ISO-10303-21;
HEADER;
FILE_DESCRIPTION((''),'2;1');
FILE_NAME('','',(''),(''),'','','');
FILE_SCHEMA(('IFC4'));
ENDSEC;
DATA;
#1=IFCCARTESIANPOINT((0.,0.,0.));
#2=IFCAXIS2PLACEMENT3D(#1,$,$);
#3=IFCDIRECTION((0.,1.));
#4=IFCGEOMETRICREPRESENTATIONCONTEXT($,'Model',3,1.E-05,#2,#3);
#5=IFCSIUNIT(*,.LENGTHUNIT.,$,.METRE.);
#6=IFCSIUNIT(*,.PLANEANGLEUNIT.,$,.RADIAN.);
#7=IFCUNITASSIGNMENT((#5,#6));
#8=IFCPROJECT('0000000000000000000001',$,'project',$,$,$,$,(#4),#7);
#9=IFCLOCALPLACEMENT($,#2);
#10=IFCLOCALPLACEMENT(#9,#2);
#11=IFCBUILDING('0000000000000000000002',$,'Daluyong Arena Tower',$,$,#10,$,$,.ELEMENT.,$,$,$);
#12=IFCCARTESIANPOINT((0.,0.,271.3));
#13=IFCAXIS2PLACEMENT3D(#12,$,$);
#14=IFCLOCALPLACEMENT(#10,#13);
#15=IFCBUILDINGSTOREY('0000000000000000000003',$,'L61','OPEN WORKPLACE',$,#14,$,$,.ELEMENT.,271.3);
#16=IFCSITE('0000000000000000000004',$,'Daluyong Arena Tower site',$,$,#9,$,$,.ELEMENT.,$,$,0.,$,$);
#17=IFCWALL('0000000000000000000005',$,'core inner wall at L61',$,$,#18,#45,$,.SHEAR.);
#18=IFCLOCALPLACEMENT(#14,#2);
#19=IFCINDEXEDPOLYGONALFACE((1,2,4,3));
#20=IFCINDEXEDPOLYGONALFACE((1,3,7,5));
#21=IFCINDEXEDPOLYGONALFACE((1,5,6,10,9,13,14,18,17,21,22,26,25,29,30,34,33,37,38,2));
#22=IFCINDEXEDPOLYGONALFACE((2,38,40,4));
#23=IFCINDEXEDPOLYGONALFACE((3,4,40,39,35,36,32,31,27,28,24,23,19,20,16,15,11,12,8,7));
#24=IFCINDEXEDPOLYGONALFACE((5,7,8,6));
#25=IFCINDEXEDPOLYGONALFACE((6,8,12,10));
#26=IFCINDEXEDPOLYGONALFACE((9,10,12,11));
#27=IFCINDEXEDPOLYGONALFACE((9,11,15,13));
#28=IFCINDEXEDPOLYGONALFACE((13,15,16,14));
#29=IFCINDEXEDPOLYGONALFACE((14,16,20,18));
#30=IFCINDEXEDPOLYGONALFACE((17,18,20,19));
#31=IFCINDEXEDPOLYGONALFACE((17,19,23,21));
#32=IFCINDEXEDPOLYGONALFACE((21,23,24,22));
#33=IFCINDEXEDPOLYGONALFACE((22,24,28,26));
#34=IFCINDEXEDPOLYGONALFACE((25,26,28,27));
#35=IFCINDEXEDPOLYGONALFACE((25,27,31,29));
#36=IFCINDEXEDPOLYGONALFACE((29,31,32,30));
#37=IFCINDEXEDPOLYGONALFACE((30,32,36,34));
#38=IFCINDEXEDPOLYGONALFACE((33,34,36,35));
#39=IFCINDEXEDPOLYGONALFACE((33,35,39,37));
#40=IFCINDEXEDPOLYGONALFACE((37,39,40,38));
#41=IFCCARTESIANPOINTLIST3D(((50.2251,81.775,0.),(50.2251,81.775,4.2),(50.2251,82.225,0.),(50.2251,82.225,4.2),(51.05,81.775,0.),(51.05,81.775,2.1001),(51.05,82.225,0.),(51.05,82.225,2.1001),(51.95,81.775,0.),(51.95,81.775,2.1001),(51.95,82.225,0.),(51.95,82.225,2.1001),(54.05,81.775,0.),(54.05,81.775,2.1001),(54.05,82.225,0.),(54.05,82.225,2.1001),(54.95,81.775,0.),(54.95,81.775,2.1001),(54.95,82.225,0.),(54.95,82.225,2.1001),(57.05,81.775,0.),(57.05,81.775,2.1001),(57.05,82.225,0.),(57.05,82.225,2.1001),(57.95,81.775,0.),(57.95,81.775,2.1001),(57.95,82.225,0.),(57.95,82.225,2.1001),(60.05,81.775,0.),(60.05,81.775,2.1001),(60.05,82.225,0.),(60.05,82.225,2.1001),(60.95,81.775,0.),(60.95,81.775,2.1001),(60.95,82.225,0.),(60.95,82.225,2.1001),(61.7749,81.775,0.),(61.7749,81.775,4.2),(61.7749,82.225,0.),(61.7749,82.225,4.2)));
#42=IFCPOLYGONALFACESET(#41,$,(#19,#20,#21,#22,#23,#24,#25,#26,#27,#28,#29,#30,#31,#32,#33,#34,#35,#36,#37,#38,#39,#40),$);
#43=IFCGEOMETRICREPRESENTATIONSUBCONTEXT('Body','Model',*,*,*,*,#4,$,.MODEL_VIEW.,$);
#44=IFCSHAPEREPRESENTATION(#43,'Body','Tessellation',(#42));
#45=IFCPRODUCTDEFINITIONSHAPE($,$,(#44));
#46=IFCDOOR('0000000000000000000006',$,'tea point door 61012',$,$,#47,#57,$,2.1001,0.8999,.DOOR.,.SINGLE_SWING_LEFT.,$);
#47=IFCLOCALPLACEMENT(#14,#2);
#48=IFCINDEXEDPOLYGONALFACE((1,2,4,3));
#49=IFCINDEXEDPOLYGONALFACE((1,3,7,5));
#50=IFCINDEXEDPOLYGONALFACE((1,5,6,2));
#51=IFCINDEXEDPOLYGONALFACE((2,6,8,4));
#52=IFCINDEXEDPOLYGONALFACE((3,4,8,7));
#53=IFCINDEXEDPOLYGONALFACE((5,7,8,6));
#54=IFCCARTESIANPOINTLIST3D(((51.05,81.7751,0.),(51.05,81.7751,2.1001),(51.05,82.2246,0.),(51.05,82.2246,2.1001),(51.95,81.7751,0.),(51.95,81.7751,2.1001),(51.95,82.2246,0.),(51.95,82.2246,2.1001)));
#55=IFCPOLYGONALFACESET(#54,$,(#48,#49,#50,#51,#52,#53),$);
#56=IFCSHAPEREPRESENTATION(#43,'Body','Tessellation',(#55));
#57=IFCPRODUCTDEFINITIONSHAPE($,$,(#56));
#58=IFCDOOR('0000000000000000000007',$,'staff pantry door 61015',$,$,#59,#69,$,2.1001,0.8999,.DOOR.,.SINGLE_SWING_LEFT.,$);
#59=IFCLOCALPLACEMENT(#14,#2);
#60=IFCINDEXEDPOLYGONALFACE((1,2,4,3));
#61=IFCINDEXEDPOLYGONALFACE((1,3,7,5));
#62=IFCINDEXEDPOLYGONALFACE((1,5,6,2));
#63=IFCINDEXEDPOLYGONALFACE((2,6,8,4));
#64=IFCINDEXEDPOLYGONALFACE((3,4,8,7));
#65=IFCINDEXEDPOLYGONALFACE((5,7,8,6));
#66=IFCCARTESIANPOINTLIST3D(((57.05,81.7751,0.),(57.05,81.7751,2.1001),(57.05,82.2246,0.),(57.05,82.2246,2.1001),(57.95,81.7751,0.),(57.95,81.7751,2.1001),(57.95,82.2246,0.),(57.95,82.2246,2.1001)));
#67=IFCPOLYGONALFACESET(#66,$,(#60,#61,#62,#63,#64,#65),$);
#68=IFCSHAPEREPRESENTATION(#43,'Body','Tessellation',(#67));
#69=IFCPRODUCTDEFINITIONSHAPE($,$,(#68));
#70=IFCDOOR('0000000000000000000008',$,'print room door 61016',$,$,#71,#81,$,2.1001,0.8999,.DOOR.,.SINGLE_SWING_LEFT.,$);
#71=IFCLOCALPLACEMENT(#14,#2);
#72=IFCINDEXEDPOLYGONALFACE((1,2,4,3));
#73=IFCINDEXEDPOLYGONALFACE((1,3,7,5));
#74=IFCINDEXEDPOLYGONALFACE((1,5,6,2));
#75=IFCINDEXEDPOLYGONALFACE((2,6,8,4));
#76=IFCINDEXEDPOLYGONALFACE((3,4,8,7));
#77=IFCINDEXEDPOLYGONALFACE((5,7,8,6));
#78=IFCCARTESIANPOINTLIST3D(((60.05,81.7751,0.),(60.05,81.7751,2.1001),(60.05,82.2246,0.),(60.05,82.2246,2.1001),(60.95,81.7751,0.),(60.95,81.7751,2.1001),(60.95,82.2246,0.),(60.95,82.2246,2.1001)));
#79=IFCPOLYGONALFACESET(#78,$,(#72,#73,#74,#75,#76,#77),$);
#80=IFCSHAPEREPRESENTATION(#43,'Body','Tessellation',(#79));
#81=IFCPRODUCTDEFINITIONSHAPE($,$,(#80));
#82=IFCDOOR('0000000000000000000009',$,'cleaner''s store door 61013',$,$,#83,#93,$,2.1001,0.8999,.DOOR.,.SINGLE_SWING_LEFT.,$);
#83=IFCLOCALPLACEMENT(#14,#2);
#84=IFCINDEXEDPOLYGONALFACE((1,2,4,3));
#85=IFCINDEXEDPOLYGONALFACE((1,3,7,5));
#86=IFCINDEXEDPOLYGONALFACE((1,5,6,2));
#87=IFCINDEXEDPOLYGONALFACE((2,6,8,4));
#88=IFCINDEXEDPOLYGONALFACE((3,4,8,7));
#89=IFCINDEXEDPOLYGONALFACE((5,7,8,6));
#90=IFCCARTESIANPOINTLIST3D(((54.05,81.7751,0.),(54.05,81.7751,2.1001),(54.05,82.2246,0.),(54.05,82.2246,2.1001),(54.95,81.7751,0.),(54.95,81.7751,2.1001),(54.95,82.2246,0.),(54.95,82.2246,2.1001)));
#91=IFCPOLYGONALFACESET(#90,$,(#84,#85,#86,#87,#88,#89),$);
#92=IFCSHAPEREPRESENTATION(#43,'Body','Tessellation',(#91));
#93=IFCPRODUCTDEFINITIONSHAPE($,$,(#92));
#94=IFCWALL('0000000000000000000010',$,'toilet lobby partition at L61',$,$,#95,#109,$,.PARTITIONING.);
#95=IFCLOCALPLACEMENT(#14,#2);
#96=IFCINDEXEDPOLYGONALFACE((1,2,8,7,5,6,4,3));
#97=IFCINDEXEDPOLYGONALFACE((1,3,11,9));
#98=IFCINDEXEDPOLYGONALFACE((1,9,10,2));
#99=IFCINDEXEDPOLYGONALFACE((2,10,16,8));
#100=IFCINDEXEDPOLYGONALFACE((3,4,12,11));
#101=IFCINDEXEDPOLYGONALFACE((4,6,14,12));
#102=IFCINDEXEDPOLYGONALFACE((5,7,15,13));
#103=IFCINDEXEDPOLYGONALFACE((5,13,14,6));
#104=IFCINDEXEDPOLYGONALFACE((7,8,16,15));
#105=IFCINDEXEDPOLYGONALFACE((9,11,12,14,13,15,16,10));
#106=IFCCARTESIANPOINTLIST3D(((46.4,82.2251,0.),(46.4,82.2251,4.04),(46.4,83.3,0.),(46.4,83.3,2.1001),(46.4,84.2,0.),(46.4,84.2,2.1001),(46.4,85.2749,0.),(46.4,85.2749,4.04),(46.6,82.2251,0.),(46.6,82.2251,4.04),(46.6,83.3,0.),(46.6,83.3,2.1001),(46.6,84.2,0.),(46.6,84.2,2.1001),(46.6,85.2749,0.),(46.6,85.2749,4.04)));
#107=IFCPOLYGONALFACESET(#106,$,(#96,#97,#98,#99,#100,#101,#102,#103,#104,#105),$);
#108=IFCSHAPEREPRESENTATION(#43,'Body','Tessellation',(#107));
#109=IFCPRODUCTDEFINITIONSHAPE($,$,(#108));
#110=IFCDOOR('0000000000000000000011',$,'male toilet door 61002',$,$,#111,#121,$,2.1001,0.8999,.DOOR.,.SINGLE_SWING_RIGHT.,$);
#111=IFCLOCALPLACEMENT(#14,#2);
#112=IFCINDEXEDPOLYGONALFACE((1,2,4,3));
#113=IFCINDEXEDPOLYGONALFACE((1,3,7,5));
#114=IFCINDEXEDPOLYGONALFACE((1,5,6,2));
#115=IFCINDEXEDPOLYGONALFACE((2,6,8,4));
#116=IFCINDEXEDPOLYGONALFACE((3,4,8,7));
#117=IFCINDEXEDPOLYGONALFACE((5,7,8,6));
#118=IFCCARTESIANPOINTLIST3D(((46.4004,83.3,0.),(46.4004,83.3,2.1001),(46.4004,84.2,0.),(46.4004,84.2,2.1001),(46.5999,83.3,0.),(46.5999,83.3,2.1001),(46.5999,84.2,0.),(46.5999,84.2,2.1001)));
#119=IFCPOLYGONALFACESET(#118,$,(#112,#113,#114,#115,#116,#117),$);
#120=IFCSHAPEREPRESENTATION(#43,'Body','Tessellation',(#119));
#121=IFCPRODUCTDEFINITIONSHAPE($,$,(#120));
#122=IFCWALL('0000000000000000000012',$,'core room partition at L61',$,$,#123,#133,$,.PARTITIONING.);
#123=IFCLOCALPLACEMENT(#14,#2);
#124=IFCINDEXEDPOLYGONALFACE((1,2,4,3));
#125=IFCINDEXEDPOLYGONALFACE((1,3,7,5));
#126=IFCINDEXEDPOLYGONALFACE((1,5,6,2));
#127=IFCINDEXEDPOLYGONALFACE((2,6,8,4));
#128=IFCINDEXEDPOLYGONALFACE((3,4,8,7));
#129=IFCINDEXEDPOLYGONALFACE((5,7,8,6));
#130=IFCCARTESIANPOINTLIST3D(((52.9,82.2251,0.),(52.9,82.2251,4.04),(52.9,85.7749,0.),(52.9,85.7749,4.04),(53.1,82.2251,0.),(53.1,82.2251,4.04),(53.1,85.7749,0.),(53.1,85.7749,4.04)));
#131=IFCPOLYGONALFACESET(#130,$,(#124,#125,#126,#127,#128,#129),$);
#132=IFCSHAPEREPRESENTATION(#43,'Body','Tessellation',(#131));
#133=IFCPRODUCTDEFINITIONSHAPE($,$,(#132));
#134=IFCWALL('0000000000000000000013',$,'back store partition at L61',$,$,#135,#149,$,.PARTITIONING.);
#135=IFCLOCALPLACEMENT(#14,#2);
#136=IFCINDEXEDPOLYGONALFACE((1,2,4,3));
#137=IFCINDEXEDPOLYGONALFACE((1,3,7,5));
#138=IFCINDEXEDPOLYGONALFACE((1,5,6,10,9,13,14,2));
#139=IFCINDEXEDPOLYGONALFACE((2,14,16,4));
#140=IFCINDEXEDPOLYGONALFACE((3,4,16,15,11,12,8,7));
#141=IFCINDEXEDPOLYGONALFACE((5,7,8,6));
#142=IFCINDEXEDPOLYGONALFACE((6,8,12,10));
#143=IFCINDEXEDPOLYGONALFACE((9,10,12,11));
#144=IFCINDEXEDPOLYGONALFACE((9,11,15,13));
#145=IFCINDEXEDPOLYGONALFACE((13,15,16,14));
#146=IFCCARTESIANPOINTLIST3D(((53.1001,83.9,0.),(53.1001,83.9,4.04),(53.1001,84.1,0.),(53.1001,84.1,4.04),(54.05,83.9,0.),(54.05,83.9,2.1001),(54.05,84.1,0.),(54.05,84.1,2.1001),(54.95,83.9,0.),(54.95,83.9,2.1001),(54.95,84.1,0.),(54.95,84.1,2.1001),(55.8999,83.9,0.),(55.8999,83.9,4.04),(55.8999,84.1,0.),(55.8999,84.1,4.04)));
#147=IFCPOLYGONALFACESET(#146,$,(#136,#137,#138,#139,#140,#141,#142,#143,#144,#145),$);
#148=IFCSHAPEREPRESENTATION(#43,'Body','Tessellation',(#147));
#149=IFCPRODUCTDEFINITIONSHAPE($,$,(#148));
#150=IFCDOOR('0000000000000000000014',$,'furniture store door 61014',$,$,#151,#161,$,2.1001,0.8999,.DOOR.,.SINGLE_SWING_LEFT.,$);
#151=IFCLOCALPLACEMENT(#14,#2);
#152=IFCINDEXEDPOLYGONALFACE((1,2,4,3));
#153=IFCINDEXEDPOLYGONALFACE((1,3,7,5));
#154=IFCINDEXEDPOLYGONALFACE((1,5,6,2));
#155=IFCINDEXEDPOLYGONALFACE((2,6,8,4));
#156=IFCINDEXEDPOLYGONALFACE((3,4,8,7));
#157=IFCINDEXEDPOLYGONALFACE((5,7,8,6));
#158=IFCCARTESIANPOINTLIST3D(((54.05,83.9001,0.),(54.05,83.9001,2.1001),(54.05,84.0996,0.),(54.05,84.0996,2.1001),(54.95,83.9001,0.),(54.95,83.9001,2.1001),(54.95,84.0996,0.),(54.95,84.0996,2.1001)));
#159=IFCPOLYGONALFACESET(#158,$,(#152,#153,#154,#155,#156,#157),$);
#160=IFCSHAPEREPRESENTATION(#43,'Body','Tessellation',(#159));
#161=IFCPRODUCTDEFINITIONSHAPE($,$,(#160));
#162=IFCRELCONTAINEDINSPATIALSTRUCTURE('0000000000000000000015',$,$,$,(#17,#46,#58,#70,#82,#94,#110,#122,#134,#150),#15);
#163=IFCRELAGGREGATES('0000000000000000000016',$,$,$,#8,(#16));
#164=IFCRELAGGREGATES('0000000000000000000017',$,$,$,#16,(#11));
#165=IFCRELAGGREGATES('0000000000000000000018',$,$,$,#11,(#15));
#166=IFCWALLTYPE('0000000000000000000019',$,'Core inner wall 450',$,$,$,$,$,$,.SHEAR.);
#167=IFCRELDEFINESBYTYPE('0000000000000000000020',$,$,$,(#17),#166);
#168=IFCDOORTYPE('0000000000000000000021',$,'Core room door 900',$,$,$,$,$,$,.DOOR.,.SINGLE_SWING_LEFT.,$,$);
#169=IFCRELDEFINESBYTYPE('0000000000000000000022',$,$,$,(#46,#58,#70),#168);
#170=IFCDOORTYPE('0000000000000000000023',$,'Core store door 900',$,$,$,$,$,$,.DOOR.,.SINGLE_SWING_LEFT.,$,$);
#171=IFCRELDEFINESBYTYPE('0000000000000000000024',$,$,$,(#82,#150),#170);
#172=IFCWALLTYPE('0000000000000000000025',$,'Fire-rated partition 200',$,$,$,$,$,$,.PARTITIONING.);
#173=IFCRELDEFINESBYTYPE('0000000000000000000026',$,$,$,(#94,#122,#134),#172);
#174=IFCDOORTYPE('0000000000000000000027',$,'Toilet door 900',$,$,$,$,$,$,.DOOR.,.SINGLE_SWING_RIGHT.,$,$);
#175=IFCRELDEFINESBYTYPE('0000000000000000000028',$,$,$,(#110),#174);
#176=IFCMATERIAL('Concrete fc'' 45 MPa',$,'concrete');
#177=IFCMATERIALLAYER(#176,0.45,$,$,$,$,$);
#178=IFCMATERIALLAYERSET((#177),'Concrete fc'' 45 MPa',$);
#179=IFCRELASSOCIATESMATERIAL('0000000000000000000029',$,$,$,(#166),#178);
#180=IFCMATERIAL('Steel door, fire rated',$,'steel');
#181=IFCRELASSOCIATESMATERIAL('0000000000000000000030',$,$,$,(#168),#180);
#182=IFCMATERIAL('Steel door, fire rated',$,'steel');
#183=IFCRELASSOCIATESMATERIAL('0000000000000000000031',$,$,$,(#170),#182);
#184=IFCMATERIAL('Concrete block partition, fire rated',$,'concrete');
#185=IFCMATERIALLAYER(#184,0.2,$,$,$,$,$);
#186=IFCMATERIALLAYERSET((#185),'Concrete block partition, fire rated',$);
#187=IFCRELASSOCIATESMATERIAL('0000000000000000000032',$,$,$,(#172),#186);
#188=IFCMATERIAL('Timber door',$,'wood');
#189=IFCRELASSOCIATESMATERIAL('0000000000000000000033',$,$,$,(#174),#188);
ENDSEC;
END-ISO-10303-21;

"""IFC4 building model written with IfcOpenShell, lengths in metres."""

from ifc_helpers import new_model, si_unit, direction, frame, frame_2d, origin, place, context, subcontext, project, spatial, rectangle, extrude, material, layer, layer_set, type_object, element, fill, save


model = new_model("IFC4")

# Units and contexts
model_context = context("Model", 3, precision=1e-05, world=origin(), true_north=direction((0.0, 1.0)))
body_context = subcontext(model_context, "Body", "Model", "MODEL_VIEW")
ifc_project = project(units=[si_unit("LENGTHUNIT", "METRE"), si_unit("PLANEANGLEUNIT", "RADIAN")], contexts=[model_context])

# Site, building, storey
site_placement = place(None, origin())
site = spatial("IfcSite", under=ifc_project, at=site_placement, Name="Daluyong Arena Tower site", CompositionType="ELEMENT", RefElevation=0.0)
building_placement = place(site_placement, origin())
building = spatial("IfcBuilding", under=site, at=building_placement, Name="Daluyong Arena Tower", CompositionType="ELEMENT")
storey_placement = place(building_placement, frame((0.0, 0.0, 271.3)))
storey = spatial("IfcBuildingStorey", under=building, at=storey_placement, Name="L61", Description="OPEN WORKPLACE", CompositionType="ELEMENT", Elevation=271.3)

# Wall, openings, doors
ifc_material_1 = material(Name="Concrete fc' 45 MPa", Category="concrete")
ifc_layer_1 = layer(ifc_material_1, 0.45)
ifc_layer_set_1 = layer_set([ifc_layer_1], Name="Concrete fc' 45 MPa")
wall_type_1 = type_object("IfcWallType", Name="Core inner wall 450", PredefinedType="SHEAR", material=ifc_layer_set_1)
ifc_material_2 = material(Name="Steel door, fire rated", Category="steel")
door_type_1 = type_object("IfcDoorType", Name="Core room door 900", OperationType="SINGLE_SWING_LEFT", PredefinedType="DOOR", material=ifc_material_2)
ifc_material_3 = material(Name="Steel door, fire rated", Category="steel")
door_type_2 = type_object("IfcDoorType", Name="Core store door 900", OperationType="SINGLE_SWING_LEFT", PredefinedType="DOOR", material=ifc_material_3)
wall_1_placement = place(storey_placement, frame((50.2251, 82.0, 0.0), z_axis=(0.0, 0.0, 1.0), x_axis=(1.0, 0.0, 0.0)))
wall_1 = element("IfcWall", 1, at=wall_1_placement, inside=storey, type_object=wall_type_1, Name="core inner wall at L61", PredefinedType="SHEAR", context=body_context, shape_type="SweptSolid", body=[
    extrude(rectangle(XDim=11.5498, YDim=0.45, at=frame_2d((5.7749, 0.0))), origin(), (0.0, 0.0, 1.0), 4.2),
])
opening_1_placement = place(wall_1_placement, frame((0.825, 0.0, 0.0)))
opening_1 = element("IfcOpeningElement", 2, at=opening_1_placement, cuts=wall_1, PredefinedType="OPENING", context=body_context, shape_type="SweptSolid", body=[
    extrude(rectangle(XDim=0.8999, YDim=2.1001, at=frame_2d((0.45, 1.05))), frame((0.0, 0.2349, 0.0), z_axis=(0.0, -1.0, 0.0), x_axis=(1.0, 0.0, 0.0)), (0.0, 0.0, 1.0), 0.47),
])
opening_2_placement = place(wall_1_placement, frame((3.825, 0.0, 0.0)))
opening_2 = element("IfcOpeningElement", 3, at=opening_2_placement, cuts=wall_1, PredefinedType="OPENING", context=body_context, shape_type="SweptSolid", body=[
    extrude(rectangle(XDim=0.8999, YDim=2.1001, at=frame_2d((0.45, 1.05))), frame((0.0, 0.2349, 0.0), z_axis=(0.0, -1.0, 0.0), x_axis=(1.0, 0.0, 0.0)), (0.0, 0.0, 1.0), 0.47),
])
opening_3_placement = place(wall_1_placement, frame((6.825, 0.0, 0.0)))
opening_3 = element("IfcOpeningElement", 4, at=opening_3_placement, cuts=wall_1, PredefinedType="OPENING", context=body_context, shape_type="SweptSolid", body=[
    extrude(rectangle(XDim=0.8999, YDim=2.1001, at=frame_2d((0.45, 1.05))), frame((0.0, 0.2349, 0.0), z_axis=(0.0, -1.0, 0.0), x_axis=(1.0, 0.0, 0.0)), (0.0, 0.0, 1.0), 0.47),
])
opening_4_placement = place(wall_1_placement, frame((9.825, 0.0, 0.0)))
opening_4 = element("IfcOpeningElement", 5, at=opening_4_placement, cuts=wall_1, PredefinedType="OPENING", context=body_context, shape_type="SweptSolid", body=[
    extrude(rectangle(XDim=0.8999, YDim=2.1001, at=frame_2d((0.45, 1.05))), frame((0.0, 0.2349, 0.0), z_axis=(0.0, -1.0, 0.0), x_axis=(1.0, 0.0, 0.0)), (0.0, 0.0, 1.0), 0.47),
])
door_1_placement = place(opening_1_placement, origin())
door_1 = element("IfcDoor", 6, at=door_1_placement, inside=storey, type_object=door_type_1, Name="tea point door 61012", OperationType="SINGLE_SWING_LEFT", OverallHeight=2.1001, OverallWidth=0.8999, PredefinedType="DOOR", context=body_context, shape_type="SweptSolid", body=[
    extrude(rectangle(XDim=0.8999, YDim=2.1001, at=frame_2d((0.45, 1.05))), frame((0.0, 0.2246, 0.0), z_axis=(0.0, -1.0, 0.0), x_axis=(1.0, 0.0, 0.0)), (0.0, 0.0, 1.0), 0.4495),
])
fill(opening_1, door_1)
door_2_placement = place(opening_3_placement, origin())
door_2 = element("IfcDoor", 7, at=door_2_placement, inside=storey, type_object=door_type_1, Name="staff pantry door 61015", OperationType="SINGLE_SWING_LEFT", OverallHeight=2.1001, OverallWidth=0.8999, PredefinedType="DOOR", context=body_context, shape_type="SweptSolid", body=[
    extrude(rectangle(XDim=0.8999, YDim=2.1001, at=frame_2d((0.45, 1.05))), frame((0.0, 0.2246, 0.0), z_axis=(0.0, -1.0, 0.0), x_axis=(1.0, 0.0, 0.0)), (0.0, 0.0, 1.0), 0.4495),
])
fill(opening_3, door_2)
door_3_placement = place(opening_4_placement, origin())
door_3 = element("IfcDoor", 8, at=door_3_placement, inside=storey, type_object=door_type_1, Name="print room door 61016", OperationType="SINGLE_SWING_LEFT", OverallHeight=2.1001, OverallWidth=0.8999, PredefinedType="DOOR", context=body_context, shape_type="SweptSolid", body=[
    extrude(rectangle(XDim=0.8999, YDim=2.1001, at=frame_2d((0.45, 1.05))), frame((0.0, 0.2246, 0.0), z_axis=(0.0, -1.0, 0.0), x_axis=(1.0, 0.0, 0.0)), (0.0, 0.0, 1.0), 0.4495),
])
fill(opening_4, door_3)
door_4_placement = place(opening_2_placement, origin())
door_4 = element("IfcDoor", 9, at=door_4_placement, inside=storey, type_object=door_type_2, Name="cleaner's store door 61013", OperationType="SINGLE_SWING_LEFT", OverallHeight=2.1001, OverallWidth=0.8999, PredefinedType="DOOR", context=body_context, shape_type="SweptSolid", body=[
    extrude(rectangle(XDim=0.8999, YDim=2.1001, at=frame_2d((0.45, 1.05))), frame((0.0, 0.2246, 0.0), z_axis=(0.0, -1.0, 0.0), x_axis=(1.0, 0.0, 0.0)), (0.0, 0.0, 1.0), 0.4495),
])
fill(opening_2, door_4)

# Wall, opening, door
ifc_material_4 = material(Name="Concrete block partition, fire rated", Category="concrete")
ifc_layer_2 = layer(ifc_material_4, 0.2)
ifc_layer_set_2 = layer_set([ifc_layer_2], Name="Concrete block partition, fire rated")
wall_type_2 = type_object("IfcWallType", Name="Fire-rated partition 200", PredefinedType="PARTITIONING", material=ifc_layer_set_2)
wall_2_placement = place(storey_placement, frame((46.5, 82.2251, 0.0), z_axis=(0.0, 0.0, 1.0), x_axis=(0.0, 1.0, 0.0)))
wall_2 = element("IfcWall", 10, at=wall_2_placement, inside=storey, type_object=wall_type_2, Name="toilet lobby partition at L61", PredefinedType="PARTITIONING", context=body_context, shape_type="SweptSolid", body=[
    extrude(rectangle(XDim=3.0498, YDim=0.2, at=frame_2d((1.5249, 0.0))), origin(), (0.0, 0.0, 1.0), 4.04),
])
opening_5_placement = place(wall_2_placement, frame((1.075, 0.0, 0.0)))
opening_5 = element("IfcOpeningElement", 11, at=opening_5_placement, cuts=wall_2, PredefinedType="OPENING", context=body_context, shape_type="SweptSolid", body=[
    extrude(rectangle(XDim=0.8999, YDim=2.1001, at=frame_2d((0.45, 1.05))), frame((0.0, 0.1099, 0.0), z_axis=(0.0, -1.0, 0.0), x_axis=(1.0, 0.0, 0.0)), (0.0, 0.0, 1.0), 0.22),
])
ifc_material_5 = material(Name="Timber door", Category="wood")
door_type_3 = type_object("IfcDoorType", Name="Toilet door 900", OperationType="SINGLE_SWING_RIGHT", PredefinedType="DOOR", material=ifc_material_5)
door_5_placement = place(opening_5_placement, origin())
door_5 = element("IfcDoor", 12, at=door_5_placement, inside=storey, type_object=door_type_3, Name="male toilet door 61002", OperationType="SINGLE_SWING_RIGHT", OverallHeight=2.1001, OverallWidth=0.8999, PredefinedType="DOOR", context=body_context, shape_type="SweptSolid", body=[
    extrude(rectangle(XDim=0.8999, YDim=2.1001, at=frame_2d((0.45, 1.05))), frame((0.0, 0.0996, 0.0), z_axis=(0.0, -1.0, 0.0), x_axis=(1.0, 0.0, 0.0)), (0.0, 0.0, 1.0), 0.1995),
])
fill(opening_5, door_5)

# Wall
wall_3_placement = place(storey_placement, frame((53.0, 82.2251, 0.0), z_axis=(0.0, 0.0, 1.0), x_axis=(0.0, 1.0, 0.0)))
element("IfcWall", 13, at=wall_3_placement, inside=storey, type_object=wall_type_2, Name="core room partition at L61", PredefinedType="PARTITIONING", context=body_context, shape_type="SweptSolid", body=[
    extrude(rectangle(XDim=3.5498, YDim=0.2, at=frame_2d((1.7749, 0.0))), origin(), (0.0, 0.0, 1.0), 4.04),
])

# Wall, opening, door
wall_4_placement = place(storey_placement, frame((53.1001, 84.0, 0.0), z_axis=(0.0, 0.0, 1.0), x_axis=(1.0, 0.0, 0.0)))
wall_4 = element("IfcWall", 14, at=wall_4_placement, inside=storey, type_object=wall_type_2, Name="back store partition at L61", PredefinedType="PARTITIONING", context=body_context, shape_type="SweptSolid", body=[
    extrude(rectangle(XDim=2.7998, YDim=0.2, at=frame_2d((1.3999, 0.0))), origin(), (0.0, 0.0, 1.0), 4.04),
])
opening_6_placement = place(wall_4_placement, frame((0.95, 0.0, 0.0)))
opening_6 = element("IfcOpeningElement", 15, at=opening_6_placement, cuts=wall_4, PredefinedType="OPENING", context=body_context, shape_type="SweptSolid", body=[
    extrude(rectangle(XDim=0.8999, YDim=2.1001, at=frame_2d((0.45, 1.05))), frame((0.0, 0.1099, 0.0), z_axis=(0.0, -1.0, 0.0), x_axis=(1.0, 0.0, 0.0)), (0.0, 0.0, 1.0), 0.22),
])
door_6_placement = place(opening_6_placement, origin())
door_6 = element("IfcDoor", 16, at=door_6_placement, inside=storey, type_object=door_type_2, Name="furniture store door 61014", OperationType="SINGLE_SWING_LEFT", OverallHeight=2.1001, OverallWidth=0.8999, PredefinedType="DOOR", context=body_context, shape_type="SweptSolid", body=[
    extrude(rectangle(XDim=0.8999, YDim=2.1001, at=frame_2d((0.45, 1.05))), frame((0.0, 0.0996, 0.0), z_axis=(0.0, -1.0, 0.0), x_axis=(1.0, 0.0, 0.0)), (0.0, 0.0, 1.0), 0.1995),
])
fill(opening_6, door_6)

save(model, "model.ifc")
